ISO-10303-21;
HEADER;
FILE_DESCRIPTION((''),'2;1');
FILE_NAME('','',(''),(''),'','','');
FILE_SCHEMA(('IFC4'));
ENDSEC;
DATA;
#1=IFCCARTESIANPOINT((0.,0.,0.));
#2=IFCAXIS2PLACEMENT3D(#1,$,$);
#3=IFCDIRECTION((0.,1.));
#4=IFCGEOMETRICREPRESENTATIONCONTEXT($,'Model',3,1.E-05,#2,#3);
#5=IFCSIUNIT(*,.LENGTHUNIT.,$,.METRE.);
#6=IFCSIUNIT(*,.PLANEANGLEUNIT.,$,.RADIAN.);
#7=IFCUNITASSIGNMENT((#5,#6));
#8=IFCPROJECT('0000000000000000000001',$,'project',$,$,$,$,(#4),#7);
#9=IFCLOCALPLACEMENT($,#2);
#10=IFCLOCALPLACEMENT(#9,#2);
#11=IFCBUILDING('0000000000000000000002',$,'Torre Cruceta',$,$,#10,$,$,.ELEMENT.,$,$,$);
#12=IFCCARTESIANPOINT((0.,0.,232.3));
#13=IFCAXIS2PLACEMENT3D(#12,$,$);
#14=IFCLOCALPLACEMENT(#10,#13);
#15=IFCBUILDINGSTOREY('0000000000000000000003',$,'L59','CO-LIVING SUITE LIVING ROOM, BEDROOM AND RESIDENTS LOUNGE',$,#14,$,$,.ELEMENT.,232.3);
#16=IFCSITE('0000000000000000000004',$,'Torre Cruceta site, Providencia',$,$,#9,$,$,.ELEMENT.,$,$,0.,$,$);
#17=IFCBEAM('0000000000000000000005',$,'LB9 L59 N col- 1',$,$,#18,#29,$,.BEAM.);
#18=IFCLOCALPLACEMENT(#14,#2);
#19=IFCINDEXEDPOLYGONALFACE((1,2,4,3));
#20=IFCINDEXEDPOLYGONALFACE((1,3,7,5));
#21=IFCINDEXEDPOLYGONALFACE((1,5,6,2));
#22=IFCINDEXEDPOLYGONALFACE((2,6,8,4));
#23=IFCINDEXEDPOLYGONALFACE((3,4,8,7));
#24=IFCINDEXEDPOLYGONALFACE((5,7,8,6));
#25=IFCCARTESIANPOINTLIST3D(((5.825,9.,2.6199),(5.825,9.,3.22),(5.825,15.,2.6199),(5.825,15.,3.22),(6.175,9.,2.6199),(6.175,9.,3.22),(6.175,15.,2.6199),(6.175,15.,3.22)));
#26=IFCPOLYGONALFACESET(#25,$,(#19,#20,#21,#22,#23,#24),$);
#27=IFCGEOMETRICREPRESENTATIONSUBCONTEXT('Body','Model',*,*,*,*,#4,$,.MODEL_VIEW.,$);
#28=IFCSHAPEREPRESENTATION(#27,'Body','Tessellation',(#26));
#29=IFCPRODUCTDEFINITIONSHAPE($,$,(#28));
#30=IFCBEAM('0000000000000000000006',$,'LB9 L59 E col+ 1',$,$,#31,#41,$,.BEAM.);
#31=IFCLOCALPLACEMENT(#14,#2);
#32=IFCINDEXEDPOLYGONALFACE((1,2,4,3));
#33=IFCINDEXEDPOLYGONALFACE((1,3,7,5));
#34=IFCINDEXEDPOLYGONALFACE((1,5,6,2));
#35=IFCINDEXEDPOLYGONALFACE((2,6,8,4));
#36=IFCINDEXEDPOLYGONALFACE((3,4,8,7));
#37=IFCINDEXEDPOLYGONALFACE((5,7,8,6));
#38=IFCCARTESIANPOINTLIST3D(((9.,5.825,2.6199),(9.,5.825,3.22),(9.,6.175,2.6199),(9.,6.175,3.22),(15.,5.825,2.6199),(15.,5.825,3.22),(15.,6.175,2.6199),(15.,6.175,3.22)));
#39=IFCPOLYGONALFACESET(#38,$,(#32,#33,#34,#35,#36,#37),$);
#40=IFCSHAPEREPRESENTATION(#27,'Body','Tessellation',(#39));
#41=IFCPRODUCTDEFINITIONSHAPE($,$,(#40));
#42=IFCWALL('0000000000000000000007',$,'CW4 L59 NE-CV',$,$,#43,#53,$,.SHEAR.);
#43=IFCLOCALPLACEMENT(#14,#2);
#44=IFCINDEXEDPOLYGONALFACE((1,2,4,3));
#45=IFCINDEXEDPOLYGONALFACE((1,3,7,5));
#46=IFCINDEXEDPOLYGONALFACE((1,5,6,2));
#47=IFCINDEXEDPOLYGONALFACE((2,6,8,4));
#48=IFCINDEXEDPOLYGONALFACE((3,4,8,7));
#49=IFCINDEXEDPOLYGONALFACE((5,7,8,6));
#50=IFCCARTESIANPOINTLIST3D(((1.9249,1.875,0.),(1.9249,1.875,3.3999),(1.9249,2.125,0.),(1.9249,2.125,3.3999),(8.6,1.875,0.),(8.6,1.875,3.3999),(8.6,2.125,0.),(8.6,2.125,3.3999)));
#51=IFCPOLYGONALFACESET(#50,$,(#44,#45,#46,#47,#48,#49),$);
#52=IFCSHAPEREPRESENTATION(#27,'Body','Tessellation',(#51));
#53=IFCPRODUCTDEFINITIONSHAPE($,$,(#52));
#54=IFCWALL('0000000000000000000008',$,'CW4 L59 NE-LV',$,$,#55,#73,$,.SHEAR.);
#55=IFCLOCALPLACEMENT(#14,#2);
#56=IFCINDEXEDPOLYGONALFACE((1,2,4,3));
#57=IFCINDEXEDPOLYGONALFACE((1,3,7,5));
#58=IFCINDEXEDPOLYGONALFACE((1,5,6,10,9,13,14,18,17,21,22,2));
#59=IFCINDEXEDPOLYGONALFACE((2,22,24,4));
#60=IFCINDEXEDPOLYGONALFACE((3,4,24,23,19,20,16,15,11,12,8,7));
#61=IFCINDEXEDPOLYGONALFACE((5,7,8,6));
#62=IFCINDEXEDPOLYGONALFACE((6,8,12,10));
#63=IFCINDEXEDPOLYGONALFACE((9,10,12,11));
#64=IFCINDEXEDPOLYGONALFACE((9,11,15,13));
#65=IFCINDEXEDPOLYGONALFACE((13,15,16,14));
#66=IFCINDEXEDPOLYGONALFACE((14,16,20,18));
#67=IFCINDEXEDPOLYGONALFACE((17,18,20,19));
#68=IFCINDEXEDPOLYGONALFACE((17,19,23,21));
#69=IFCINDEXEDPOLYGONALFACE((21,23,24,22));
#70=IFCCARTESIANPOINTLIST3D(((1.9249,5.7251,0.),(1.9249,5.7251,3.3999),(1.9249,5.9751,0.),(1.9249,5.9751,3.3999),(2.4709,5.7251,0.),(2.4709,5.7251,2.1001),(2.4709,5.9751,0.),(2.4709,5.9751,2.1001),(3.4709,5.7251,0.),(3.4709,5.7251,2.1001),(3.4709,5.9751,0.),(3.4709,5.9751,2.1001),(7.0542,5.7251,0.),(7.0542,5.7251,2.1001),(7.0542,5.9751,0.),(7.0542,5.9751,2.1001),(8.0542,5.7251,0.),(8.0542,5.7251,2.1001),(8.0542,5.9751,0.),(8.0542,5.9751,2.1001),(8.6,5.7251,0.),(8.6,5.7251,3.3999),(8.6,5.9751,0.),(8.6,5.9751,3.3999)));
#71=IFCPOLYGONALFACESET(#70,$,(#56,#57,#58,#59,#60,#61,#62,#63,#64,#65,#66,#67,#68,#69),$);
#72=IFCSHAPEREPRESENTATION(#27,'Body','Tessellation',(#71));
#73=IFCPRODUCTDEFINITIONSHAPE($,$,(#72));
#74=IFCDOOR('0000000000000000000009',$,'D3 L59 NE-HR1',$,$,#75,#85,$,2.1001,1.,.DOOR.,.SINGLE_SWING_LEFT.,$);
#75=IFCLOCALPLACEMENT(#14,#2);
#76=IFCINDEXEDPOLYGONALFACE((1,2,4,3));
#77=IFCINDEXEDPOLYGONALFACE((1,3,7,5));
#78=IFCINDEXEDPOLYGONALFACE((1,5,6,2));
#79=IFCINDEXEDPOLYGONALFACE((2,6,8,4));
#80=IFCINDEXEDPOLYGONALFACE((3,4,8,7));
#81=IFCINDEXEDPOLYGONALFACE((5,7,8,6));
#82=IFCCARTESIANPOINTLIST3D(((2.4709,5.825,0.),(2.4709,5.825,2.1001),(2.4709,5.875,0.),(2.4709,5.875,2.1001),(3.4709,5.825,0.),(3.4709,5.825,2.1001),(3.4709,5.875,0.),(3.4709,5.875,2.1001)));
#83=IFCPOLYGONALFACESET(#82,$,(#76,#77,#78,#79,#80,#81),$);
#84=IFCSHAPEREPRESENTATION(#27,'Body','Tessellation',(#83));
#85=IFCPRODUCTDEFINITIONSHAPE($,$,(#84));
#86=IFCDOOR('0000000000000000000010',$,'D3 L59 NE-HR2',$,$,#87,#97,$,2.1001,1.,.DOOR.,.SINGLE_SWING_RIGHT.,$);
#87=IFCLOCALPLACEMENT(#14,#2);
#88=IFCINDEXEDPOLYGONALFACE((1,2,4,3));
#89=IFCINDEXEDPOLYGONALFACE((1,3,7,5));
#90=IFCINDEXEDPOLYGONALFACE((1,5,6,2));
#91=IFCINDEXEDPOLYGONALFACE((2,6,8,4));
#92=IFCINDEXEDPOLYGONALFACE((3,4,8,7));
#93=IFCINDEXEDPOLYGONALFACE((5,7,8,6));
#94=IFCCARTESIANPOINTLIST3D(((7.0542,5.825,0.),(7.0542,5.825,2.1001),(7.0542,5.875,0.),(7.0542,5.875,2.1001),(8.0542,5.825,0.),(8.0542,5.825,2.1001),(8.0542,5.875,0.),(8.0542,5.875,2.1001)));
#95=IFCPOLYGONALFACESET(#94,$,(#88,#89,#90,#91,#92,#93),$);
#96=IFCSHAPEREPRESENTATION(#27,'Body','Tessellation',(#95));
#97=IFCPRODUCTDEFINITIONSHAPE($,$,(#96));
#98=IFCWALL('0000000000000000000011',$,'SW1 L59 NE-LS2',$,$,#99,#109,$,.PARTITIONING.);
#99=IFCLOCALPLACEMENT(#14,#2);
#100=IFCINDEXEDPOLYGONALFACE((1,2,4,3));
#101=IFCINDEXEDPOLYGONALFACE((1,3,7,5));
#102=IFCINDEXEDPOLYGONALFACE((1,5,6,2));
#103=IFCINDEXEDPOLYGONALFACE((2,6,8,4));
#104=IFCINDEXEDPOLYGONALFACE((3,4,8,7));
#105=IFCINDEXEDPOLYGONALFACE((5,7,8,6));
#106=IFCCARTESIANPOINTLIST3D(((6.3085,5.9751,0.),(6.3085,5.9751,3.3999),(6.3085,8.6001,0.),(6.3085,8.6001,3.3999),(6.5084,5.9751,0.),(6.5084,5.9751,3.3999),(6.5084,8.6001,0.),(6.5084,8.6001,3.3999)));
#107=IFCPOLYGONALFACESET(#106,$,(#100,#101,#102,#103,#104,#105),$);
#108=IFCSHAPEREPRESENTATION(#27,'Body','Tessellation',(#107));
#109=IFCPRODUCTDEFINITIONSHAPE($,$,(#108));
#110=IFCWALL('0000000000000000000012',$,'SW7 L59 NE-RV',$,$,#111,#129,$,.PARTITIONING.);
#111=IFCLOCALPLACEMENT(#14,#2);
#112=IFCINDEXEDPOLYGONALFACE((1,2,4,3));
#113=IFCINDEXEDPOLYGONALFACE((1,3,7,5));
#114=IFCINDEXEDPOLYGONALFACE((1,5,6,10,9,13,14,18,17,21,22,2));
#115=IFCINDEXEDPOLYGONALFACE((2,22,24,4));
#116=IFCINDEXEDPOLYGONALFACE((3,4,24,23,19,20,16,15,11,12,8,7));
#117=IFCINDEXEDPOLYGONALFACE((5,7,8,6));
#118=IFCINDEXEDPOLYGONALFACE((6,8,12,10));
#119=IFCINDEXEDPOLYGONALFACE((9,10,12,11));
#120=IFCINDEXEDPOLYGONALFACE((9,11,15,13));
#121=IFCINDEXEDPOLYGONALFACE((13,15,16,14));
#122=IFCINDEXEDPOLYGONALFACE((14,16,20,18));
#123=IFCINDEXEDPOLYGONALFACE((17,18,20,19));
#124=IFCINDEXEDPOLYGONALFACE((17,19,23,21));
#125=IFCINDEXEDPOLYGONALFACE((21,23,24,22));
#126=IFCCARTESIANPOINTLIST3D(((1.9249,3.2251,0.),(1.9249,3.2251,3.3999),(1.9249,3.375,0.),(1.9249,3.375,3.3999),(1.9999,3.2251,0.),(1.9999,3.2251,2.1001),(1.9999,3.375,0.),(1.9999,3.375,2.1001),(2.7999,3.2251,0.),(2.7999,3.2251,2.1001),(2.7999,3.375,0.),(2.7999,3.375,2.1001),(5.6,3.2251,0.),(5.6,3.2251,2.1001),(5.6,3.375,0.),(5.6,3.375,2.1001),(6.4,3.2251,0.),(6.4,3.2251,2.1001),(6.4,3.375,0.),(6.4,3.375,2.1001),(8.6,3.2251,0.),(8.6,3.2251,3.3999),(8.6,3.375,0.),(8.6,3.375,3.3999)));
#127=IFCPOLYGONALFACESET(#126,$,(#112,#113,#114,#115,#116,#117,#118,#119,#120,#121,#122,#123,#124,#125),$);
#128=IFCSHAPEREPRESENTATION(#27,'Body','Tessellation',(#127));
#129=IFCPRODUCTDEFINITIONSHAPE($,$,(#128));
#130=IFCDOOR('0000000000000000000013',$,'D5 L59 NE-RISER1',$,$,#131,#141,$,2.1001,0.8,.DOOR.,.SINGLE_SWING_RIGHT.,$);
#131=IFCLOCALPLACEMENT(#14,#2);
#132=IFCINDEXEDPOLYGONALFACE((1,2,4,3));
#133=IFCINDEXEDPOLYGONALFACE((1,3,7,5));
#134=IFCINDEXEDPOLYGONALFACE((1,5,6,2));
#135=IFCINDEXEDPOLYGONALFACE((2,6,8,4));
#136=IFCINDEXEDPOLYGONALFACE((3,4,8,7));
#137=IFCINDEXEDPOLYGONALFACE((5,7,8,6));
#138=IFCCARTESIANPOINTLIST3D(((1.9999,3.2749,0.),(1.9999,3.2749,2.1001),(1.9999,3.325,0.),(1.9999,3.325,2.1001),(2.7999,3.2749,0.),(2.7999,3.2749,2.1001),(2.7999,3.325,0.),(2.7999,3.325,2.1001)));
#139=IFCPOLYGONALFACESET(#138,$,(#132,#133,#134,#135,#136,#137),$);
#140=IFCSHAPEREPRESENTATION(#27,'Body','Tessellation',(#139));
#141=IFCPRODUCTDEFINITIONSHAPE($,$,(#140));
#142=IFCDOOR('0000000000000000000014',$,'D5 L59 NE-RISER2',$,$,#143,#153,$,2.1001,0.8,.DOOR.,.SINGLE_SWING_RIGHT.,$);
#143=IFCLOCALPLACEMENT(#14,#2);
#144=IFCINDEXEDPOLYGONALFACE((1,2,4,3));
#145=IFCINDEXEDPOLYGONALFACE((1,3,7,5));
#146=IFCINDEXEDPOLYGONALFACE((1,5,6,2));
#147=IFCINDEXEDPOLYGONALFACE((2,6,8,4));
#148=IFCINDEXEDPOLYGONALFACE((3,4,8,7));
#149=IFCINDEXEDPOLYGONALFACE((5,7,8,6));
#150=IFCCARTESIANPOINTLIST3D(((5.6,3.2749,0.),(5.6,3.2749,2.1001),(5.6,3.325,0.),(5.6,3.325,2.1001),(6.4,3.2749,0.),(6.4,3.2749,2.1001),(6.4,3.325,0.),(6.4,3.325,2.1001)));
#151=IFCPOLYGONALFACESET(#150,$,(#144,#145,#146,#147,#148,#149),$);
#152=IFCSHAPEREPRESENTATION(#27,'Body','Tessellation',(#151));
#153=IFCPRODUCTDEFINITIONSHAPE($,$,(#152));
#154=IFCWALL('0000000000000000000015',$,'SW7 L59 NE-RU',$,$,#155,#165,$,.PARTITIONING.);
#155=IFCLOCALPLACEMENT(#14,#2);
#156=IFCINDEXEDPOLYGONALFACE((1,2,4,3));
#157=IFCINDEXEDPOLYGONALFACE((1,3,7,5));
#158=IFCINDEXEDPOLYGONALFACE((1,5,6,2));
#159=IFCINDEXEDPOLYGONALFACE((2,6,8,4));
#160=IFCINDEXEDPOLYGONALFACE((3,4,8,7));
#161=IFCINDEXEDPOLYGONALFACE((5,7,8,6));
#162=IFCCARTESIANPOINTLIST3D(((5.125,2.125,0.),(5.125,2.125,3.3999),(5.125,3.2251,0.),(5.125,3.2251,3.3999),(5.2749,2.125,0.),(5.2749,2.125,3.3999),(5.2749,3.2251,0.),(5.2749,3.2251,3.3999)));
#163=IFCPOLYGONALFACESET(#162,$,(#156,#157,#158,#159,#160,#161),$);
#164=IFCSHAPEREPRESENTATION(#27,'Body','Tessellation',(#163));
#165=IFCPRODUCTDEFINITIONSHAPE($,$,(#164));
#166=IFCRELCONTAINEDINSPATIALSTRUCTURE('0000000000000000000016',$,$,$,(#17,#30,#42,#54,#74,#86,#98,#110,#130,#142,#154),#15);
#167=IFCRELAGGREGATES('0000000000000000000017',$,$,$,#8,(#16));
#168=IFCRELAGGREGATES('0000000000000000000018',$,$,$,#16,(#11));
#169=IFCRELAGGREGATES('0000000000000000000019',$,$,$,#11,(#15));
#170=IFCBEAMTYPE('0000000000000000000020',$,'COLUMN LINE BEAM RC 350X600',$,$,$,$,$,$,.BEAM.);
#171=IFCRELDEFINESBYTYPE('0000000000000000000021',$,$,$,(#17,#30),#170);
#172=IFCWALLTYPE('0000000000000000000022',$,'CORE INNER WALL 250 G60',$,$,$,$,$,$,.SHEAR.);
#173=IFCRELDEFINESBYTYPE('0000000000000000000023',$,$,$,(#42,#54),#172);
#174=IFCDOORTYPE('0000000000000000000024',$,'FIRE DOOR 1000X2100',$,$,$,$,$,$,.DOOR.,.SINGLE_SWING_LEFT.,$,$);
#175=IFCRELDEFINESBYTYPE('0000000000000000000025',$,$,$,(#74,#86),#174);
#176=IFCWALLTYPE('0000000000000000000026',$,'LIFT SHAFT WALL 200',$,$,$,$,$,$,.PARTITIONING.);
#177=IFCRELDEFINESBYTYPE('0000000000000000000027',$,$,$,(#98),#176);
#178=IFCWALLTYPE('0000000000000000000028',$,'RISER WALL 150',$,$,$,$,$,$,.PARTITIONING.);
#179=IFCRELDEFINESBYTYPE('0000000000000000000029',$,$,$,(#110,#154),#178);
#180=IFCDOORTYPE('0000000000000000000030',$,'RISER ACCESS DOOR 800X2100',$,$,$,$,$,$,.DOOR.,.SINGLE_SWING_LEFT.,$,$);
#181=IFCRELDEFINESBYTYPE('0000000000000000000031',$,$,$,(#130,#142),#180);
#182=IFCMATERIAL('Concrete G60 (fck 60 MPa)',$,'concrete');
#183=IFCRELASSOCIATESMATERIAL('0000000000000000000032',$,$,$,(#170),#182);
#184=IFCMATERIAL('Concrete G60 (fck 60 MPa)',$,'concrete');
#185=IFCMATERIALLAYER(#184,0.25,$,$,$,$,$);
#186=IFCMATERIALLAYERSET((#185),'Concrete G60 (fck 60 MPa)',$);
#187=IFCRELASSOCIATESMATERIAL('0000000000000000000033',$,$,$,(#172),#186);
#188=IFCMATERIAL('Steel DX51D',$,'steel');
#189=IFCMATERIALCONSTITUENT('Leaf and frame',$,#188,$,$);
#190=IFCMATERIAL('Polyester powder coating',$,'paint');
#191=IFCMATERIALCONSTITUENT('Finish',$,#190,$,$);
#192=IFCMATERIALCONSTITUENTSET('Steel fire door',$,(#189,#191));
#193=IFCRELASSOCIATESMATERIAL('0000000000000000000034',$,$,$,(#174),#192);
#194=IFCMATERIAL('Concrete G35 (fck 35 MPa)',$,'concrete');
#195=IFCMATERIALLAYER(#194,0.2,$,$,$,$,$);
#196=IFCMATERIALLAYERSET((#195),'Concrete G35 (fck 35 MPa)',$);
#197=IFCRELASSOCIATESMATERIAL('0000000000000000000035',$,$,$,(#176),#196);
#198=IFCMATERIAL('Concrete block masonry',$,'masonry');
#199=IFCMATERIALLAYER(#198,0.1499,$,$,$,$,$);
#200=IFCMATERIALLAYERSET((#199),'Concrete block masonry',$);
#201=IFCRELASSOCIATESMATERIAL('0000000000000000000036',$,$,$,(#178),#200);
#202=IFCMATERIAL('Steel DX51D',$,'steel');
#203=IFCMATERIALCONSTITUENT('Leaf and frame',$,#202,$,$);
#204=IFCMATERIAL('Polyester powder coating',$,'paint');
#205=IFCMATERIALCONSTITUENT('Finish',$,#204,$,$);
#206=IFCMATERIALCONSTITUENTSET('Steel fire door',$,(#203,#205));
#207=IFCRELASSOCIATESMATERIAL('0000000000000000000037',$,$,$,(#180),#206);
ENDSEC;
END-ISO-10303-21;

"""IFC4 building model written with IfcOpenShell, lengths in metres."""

from ifc_helpers import new_model, si_unit, direction, frame, frame_2d, origin, origin_2d, place, context, subcontext, project, spatial, rectangle, extrude, material, layer, layer_set, constituent, constituent_set, material_profile, profile_set, type_object, element, fill, save


model = new_model("IFC4")

# Units and contexts
model_context = context("Model", 3, precision=1e-05, world=origin(), true_north=direction((0.0, 1.0)))
body_context = subcontext(model_context, "Body", "Model", "MODEL_VIEW")
ifc_project = project(units=[si_unit("LENGTHUNIT", "METRE"), si_unit("PLANEANGLEUNIT", "RADIAN")], contexts=[model_context])

# Site, building, storey
site_placement = place(None, origin())
site = spatial("IfcSite", under=ifc_project, at=site_placement, Name="Torre Cruceta site, Providencia", CompositionType="ELEMENT", RefElevation=0.0)
building_placement = place(site_placement, origin())
building = spatial("IfcBuilding", under=site, at=building_placement, Name="Torre Cruceta", CompositionType="ELEMENT")
storey_placement = place(building_placement, frame((0.0, 0.0, 232.3)))
storey = spatial("IfcBuildingStorey", under=building, at=storey_placement, Name="L59", Description="CO-LIVING SUITE LIVING ROOM, BEDROOM AND RESIDENTS LOUNGE", CompositionType="ELEMENT", Elevation=232.3)

# Beams
ifc_material_1 = material(Name="Concrete G60 (fck 60 MPa)", Category="concrete")
ifc_material_profile = material_profile(ifc_material_1, rectangle(XDim=0.3501, YDim=0.6001, at=origin_2d()), Name="RC 350X600")
ifc_profile_set = profile_set([ifc_material_profile], Name="Concrete G60 (fck 60 MPa)")
beam_type = type_object("IfcBeamType", Name="COLUMN LINE BEAM RC 350X600", PredefinedType="BEAM", material=ifc_profile_set)
for number, where, z_axis, x_axis, name in (
    (1, (6.0, 9.0, 2.9199), (0.0, 1.0, 0.0), (-1.0, 0.0, 0.0), "LB9 L59 N col- 1"),
    (2, (9.0, 6.0, 2.9199), (1.0, 0.0, 0.0), (0.0, 1.0, 0.0), "LB9 L59 E col+ 1"),
):
    element("IfcBeam", number, at=place(storey_placement, frame(where, z_axis=z_axis, x_axis=x_axis)), inside=storey, type_object=beam_type, Name=name, PredefinedType="BEAM", context=body_context, shape_type="SweptSolid", body=[
        extrude(rectangle(XDim=0.3501, YDim=0.6001, at=origin_2d()), origin(), (0.0, 0.0, 1.0), 6.0),
    ])

# Shared definitions
ifc_material_2 = material(Name="Concrete G60 (fck 60 MPa)", Category="concrete")
ifc_layer_1 = layer(ifc_material_2, 0.25)
ifc_layer_set_1 = layer_set([ifc_layer_1], Name="Concrete G60 (fck 60 MPa)")
wall_type_1 = type_object("IfcWallType", Name="CORE INNER WALL 250 G60", PredefinedType="SHEAR", material=ifc_layer_set_1)

# Wall
wall_1_placement = place(storey_placement, frame((1.925, 2.0, 0.0), z_axis=(0.0, 0.0, 1.0), x_axis=(1.0, 0.0, 0.0)))
element("IfcWall", 3, at=wall_1_placement, inside=storey, type_object=wall_type_1, Name="CW4 L59 NE-CV", PredefinedType="SHEAR", context=body_context, shape_type="SweptSolid", body=[
    extrude(rectangle(XDim=6.675, YDim=0.25, at=frame_2d((3.3374, 0.0))), origin(), (0.0, 0.0, 1.0), 3.3999),
])

# Wall, openings, doors
wall_2_placement = place(storey_placement, frame((1.925, 5.8501, 0.0), z_axis=(0.0, 0.0, 1.0), x_axis=(1.0, 0.0, 0.0)))
wall_2 = element("IfcWall", 4, at=wall_2_placement, inside=storey, type_object=wall_type_1, Name="CW4 L59 NE-LV", PredefinedType="SHEAR", context=body_context, shape_type="SweptSolid", body=[
    extrude(rectangle(XDim=6.675, YDim=0.25, at=frame_2d((3.3374, 0.0))), origin(), (0.0, 0.0, 1.0), 3.3999),
])
opening_1_placement = place(wall_2_placement, frame((0.5459, 0.0, 0.0)))
opening_1 = element("IfcOpeningElement", 5, at=opening_1_placement, cuts=wall_2, PredefinedType="OPENING", context=body_context, shape_type="SweptSolid", body=[
    extrude(rectangle(XDim=1.0, YDim=2.1001, at=frame_2d((0.5, 1.05))), frame((0.0, 0.135, 0.0), z_axis=(0.0, -1.0, 0.0), x_axis=(1.0, 0.0, 0.0)), (0.0, 0.0, 1.0), 0.27),
])
opening_2_placement = place(wall_2_placement, frame((5.1292, 0.0, 0.0)))
opening_2 = element("IfcOpeningElement", 6, at=opening_2_placement, cuts=wall_2, PredefinedType="OPENING", context=body_context, shape_type="SweptSolid", body=[
    extrude(rectangle(XDim=1.0, YDim=2.1001, at=frame_2d((0.5, 1.05))), frame((0.0, 0.135, 0.0), z_axis=(0.0, -1.0, 0.0), x_axis=(1.0, 0.0, 0.0)), (0.0, 0.0, 1.0), 0.27),
])
ifc_material_3 = material(Name="Steel DX51D", Category="steel")
ifc_constituent_1 = constituent(ifc_material_3, Name="Leaf and frame")
ifc_material_4 = material(Name="Polyester powder coating", Category="paint")
ifc_constituent_2 = constituent(ifc_material_4, Name="Finish")
ifc_constituent_set_1 = constituent_set(constituents=[ifc_constituent_1, ifc_constituent_2], Name="Steel fire door")
door_type_1 = type_object("IfcDoorType", Name="FIRE DOOR 1000X2100", OperationType="SINGLE_SWING_LEFT", PredefinedType="DOOR", material=ifc_constituent_set_1)
door_1_placement = place(opening_1_placement, origin())
door_1 = element("IfcDoor", 7, at=door_1_placement, inside=storey, type_object=door_type_1, Name="D3 L59 NE-HR1", OperationType="SINGLE_SWING_LEFT", OverallHeight=2.1001, OverallWidth=1.0, PredefinedType="DOOR", context=body_context, shape_type="SweptSolid", body=[
    extrude(rectangle(XDim=1.0, YDim=2.1001, at=frame_2d((0.5, 1.05))), frame((0.0, 0.0249, 0.0), z_axis=(0.0, -1.0, 0.0), x_axis=(1.0, 0.0, 0.0)), (0.0, 0.0, 1.0), 0.05),
])
fill(opening_1, door_1)
door_2_placement = place(opening_2_placement, origin())
door_2 = element("IfcDoor", 8, at=door_2_placement, inside=storey, type_object=door_type_1, Name="D3 L59 NE-HR2", OperationType="SINGLE_SWING_RIGHT", OverallHeight=2.1001, OverallWidth=1.0, PredefinedType="DOOR", context=body_context, shape_type="SweptSolid", body=[
    extrude(rectangle(XDim=1.0, YDim=2.1001, at=frame_2d((0.5, 1.05))), frame((0.0, 0.0249, 0.0), z_axis=(0.0, -1.0, 0.0), x_axis=(1.0, 0.0, 0.0)), (0.0, 0.0, 1.0), 0.05),
])
fill(opening_2, door_2)

# Wall
ifc_material_5 = material(Name="Concrete G35 (fck 35 MPa)", Category="concrete")
ifc_layer_2 = layer(ifc_material_5, 0.2)
ifc_layer_set_2 = layer_set([ifc_layer_2], Name="Concrete G35 (fck 35 MPa)")
wall_type_2 = type_object("IfcWallType", Name="LIFT SHAFT WALL 200", PredefinedType="PARTITIONING", material=ifc_layer_set_2)
wall_3_placement = place(storey_placement, frame((6.4084, 5.9751, 0.0), z_axis=(0.0, 0.0, 1.0), x_axis=(0.0, 1.0, 0.0)))
element("IfcWall", 9, at=wall_3_placement, inside=storey, type_object=wall_type_2, Name="SW1 L59 NE-LS2", PredefinedType="PARTITIONING", context=body_context, shape_type="SweptSolid", body=[
    extrude(rectangle(XDim=2.625, YDim=0.2, at=frame_2d((1.3125, 0.0))), origin(), (0.0, 0.0, 1.0), 3.3999),
])

# Wall, openings, doors
ifc_material_6 = material(Name="Concrete block masonry", Category="masonry")
ifc_layer_3 = layer(ifc_material_6, 0.1499)
ifc_layer_set_3 = layer_set([ifc_layer_3], Name="Concrete block masonry")
wall_type_3 = type_object("IfcWallType", Name="RISER WALL 150", PredefinedType="PARTITIONING", material=ifc_layer_set_3)
wall_4_placement = place(storey_placement, frame((1.925, 3.3, 0.0), z_axis=(0.0, 0.0, 1.0), x_axis=(1.0, 0.0, 0.0)))
wall_4 = element("IfcWall", 10, at=wall_4_placement, inside=storey, type_object=wall_type_3, Name="SW7 L59 NE-RV", PredefinedType="PARTITIONING", context=body_context, shape_type="SweptSolid", body=[
    extrude(rectangle(XDim=6.675, YDim=0.1499, at=frame_2d((3.3374, 0.0))), origin(), (0.0, 0.0, 1.0), 3.3999),
])
opening_3_placement = place(wall_4_placement, frame((0.075, 0.0, 0.0)))
opening_3 = element("IfcOpeningElement", 11, at=opening_3_placement, cuts=wall_4, PredefinedType="OPENING", context=body_context, shape_type="SweptSolid", body=[
    extrude(rectangle(XDim=0.8, YDim=2.1001, at=frame_2d((0.3999, 1.05))), frame((0.0, 0.085, 0.0), z_axis=(0.0, -1.0, 0.0), x_axis=(1.0, 0.0, 0.0)), (0.0, 0.0, 1.0), 0.1699),
])
opening_4_placement = place(wall_4_placement, frame((3.675, 0.0, 0.0)))
opening_4 = element("IfcOpeningElement", 12, at=opening_4_placement, cuts=wall_4, PredefinedType="OPENING", context=body_context, shape_type="SweptSolid", body=[
    extrude(rectangle(XDim=0.8, YDim=2.1001, at=frame_2d((0.3999, 1.05))), frame((0.0, 0.085, 0.0), z_axis=(0.0, -1.0, 0.0), x_axis=(1.0, 0.0, 0.0)), (0.0, 0.0, 1.0), 0.1699),
])
ifc_material_7 = material(Name="Steel DX51D", Category="steel")
ifc_constituent_3 = constituent(ifc_material_7, Name="Leaf and frame")
ifc_material_8 = material(Name="Polyester powder coating", Category="paint")
ifc_constituent_4 = constituent(ifc_material_8, Name="Finish")
ifc_constituent_set_2 = constituent_set(constituents=[ifc_constituent_3, ifc_constituent_4], Name="Steel fire door")
door_type_2 = type_object("IfcDoorType", Name="RISER ACCESS DOOR 800X2100", OperationType="SINGLE_SWING_LEFT", PredefinedType="DOOR", material=ifc_constituent_set_2)
door_3_placement = place(opening_3_placement, frame((0.8, 0.0, 0.0), z_axis=(0.0, 0.0, 1.0), x_axis=(-1.0, 0.0, 0.0)))
door_3 = element("IfcDoor", 13, at=door_3_placement, inside=storey, type_object=door_type_2, Name="D5 L59 NE-RISER1", OperationType="SINGLE_SWING_RIGHT", OverallHeight=2.1001, OverallWidth=0.8, PredefinedType="DOOR", context=body_context, shape_type="SweptSolid", body=[
    extrude(rectangle(XDim=0.8, YDim=2.1001, at=frame_2d((0.4001, 1.05))), frame((0.0, 0.0251, 0.0), z_axis=(0.0, -1.0, 0.0), x_axis=(1.0, 0.0, 0.0)), (0.0, 0.0, 1.0), 0.05),
])
fill(opening_3, door_3)
door_4_placement = place(opening_4_placement, frame((0.8, 0.0, 0.0), z_axis=(0.0, 0.0, 1.0), x_axis=(-1.0, 0.0, 0.0)))
door_4 = element("IfcDoor", 14, at=door_4_placement, inside=storey, type_object=door_type_2, Name="D5 L59 NE-RISER2", OperationType="SINGLE_SWING_RIGHT", OverallHeight=2.1001, OverallWidth=0.8, PredefinedType="DOOR", context=body_context, shape_type="SweptSolid", body=[
    extrude(rectangle(XDim=0.8, YDim=2.1001, at=frame_2d((0.4001, 1.05))), frame((0.0, 0.0251, 0.0), z_axis=(0.0, -1.0, 0.0), x_axis=(1.0, 0.0, 0.0)), (0.0, 0.0, 1.0), 0.05),
])
fill(opening_4, door_4)

# Wall
wall_5_placement = place(storey_placement, frame((5.2, 2.125, 0.0), z_axis=(0.0, 0.0, 1.0), x_axis=(0.0, 1.0, 0.0)))
element("IfcWall", 15, at=wall_5_placement, inside=storey, type_object=wall_type_3, Name="SW7 L59 NE-RU", PredefinedType="PARTITIONING", context=body_context, shape_type="SweptSolid", body=[
    extrude(rectangle(XDim=1.1001, YDim=0.1499, at=frame_2d((0.55, 0.0))), origin(), (0.0, 0.0, 1.0), 3.3999),
])

save(model, "model.ifc")
